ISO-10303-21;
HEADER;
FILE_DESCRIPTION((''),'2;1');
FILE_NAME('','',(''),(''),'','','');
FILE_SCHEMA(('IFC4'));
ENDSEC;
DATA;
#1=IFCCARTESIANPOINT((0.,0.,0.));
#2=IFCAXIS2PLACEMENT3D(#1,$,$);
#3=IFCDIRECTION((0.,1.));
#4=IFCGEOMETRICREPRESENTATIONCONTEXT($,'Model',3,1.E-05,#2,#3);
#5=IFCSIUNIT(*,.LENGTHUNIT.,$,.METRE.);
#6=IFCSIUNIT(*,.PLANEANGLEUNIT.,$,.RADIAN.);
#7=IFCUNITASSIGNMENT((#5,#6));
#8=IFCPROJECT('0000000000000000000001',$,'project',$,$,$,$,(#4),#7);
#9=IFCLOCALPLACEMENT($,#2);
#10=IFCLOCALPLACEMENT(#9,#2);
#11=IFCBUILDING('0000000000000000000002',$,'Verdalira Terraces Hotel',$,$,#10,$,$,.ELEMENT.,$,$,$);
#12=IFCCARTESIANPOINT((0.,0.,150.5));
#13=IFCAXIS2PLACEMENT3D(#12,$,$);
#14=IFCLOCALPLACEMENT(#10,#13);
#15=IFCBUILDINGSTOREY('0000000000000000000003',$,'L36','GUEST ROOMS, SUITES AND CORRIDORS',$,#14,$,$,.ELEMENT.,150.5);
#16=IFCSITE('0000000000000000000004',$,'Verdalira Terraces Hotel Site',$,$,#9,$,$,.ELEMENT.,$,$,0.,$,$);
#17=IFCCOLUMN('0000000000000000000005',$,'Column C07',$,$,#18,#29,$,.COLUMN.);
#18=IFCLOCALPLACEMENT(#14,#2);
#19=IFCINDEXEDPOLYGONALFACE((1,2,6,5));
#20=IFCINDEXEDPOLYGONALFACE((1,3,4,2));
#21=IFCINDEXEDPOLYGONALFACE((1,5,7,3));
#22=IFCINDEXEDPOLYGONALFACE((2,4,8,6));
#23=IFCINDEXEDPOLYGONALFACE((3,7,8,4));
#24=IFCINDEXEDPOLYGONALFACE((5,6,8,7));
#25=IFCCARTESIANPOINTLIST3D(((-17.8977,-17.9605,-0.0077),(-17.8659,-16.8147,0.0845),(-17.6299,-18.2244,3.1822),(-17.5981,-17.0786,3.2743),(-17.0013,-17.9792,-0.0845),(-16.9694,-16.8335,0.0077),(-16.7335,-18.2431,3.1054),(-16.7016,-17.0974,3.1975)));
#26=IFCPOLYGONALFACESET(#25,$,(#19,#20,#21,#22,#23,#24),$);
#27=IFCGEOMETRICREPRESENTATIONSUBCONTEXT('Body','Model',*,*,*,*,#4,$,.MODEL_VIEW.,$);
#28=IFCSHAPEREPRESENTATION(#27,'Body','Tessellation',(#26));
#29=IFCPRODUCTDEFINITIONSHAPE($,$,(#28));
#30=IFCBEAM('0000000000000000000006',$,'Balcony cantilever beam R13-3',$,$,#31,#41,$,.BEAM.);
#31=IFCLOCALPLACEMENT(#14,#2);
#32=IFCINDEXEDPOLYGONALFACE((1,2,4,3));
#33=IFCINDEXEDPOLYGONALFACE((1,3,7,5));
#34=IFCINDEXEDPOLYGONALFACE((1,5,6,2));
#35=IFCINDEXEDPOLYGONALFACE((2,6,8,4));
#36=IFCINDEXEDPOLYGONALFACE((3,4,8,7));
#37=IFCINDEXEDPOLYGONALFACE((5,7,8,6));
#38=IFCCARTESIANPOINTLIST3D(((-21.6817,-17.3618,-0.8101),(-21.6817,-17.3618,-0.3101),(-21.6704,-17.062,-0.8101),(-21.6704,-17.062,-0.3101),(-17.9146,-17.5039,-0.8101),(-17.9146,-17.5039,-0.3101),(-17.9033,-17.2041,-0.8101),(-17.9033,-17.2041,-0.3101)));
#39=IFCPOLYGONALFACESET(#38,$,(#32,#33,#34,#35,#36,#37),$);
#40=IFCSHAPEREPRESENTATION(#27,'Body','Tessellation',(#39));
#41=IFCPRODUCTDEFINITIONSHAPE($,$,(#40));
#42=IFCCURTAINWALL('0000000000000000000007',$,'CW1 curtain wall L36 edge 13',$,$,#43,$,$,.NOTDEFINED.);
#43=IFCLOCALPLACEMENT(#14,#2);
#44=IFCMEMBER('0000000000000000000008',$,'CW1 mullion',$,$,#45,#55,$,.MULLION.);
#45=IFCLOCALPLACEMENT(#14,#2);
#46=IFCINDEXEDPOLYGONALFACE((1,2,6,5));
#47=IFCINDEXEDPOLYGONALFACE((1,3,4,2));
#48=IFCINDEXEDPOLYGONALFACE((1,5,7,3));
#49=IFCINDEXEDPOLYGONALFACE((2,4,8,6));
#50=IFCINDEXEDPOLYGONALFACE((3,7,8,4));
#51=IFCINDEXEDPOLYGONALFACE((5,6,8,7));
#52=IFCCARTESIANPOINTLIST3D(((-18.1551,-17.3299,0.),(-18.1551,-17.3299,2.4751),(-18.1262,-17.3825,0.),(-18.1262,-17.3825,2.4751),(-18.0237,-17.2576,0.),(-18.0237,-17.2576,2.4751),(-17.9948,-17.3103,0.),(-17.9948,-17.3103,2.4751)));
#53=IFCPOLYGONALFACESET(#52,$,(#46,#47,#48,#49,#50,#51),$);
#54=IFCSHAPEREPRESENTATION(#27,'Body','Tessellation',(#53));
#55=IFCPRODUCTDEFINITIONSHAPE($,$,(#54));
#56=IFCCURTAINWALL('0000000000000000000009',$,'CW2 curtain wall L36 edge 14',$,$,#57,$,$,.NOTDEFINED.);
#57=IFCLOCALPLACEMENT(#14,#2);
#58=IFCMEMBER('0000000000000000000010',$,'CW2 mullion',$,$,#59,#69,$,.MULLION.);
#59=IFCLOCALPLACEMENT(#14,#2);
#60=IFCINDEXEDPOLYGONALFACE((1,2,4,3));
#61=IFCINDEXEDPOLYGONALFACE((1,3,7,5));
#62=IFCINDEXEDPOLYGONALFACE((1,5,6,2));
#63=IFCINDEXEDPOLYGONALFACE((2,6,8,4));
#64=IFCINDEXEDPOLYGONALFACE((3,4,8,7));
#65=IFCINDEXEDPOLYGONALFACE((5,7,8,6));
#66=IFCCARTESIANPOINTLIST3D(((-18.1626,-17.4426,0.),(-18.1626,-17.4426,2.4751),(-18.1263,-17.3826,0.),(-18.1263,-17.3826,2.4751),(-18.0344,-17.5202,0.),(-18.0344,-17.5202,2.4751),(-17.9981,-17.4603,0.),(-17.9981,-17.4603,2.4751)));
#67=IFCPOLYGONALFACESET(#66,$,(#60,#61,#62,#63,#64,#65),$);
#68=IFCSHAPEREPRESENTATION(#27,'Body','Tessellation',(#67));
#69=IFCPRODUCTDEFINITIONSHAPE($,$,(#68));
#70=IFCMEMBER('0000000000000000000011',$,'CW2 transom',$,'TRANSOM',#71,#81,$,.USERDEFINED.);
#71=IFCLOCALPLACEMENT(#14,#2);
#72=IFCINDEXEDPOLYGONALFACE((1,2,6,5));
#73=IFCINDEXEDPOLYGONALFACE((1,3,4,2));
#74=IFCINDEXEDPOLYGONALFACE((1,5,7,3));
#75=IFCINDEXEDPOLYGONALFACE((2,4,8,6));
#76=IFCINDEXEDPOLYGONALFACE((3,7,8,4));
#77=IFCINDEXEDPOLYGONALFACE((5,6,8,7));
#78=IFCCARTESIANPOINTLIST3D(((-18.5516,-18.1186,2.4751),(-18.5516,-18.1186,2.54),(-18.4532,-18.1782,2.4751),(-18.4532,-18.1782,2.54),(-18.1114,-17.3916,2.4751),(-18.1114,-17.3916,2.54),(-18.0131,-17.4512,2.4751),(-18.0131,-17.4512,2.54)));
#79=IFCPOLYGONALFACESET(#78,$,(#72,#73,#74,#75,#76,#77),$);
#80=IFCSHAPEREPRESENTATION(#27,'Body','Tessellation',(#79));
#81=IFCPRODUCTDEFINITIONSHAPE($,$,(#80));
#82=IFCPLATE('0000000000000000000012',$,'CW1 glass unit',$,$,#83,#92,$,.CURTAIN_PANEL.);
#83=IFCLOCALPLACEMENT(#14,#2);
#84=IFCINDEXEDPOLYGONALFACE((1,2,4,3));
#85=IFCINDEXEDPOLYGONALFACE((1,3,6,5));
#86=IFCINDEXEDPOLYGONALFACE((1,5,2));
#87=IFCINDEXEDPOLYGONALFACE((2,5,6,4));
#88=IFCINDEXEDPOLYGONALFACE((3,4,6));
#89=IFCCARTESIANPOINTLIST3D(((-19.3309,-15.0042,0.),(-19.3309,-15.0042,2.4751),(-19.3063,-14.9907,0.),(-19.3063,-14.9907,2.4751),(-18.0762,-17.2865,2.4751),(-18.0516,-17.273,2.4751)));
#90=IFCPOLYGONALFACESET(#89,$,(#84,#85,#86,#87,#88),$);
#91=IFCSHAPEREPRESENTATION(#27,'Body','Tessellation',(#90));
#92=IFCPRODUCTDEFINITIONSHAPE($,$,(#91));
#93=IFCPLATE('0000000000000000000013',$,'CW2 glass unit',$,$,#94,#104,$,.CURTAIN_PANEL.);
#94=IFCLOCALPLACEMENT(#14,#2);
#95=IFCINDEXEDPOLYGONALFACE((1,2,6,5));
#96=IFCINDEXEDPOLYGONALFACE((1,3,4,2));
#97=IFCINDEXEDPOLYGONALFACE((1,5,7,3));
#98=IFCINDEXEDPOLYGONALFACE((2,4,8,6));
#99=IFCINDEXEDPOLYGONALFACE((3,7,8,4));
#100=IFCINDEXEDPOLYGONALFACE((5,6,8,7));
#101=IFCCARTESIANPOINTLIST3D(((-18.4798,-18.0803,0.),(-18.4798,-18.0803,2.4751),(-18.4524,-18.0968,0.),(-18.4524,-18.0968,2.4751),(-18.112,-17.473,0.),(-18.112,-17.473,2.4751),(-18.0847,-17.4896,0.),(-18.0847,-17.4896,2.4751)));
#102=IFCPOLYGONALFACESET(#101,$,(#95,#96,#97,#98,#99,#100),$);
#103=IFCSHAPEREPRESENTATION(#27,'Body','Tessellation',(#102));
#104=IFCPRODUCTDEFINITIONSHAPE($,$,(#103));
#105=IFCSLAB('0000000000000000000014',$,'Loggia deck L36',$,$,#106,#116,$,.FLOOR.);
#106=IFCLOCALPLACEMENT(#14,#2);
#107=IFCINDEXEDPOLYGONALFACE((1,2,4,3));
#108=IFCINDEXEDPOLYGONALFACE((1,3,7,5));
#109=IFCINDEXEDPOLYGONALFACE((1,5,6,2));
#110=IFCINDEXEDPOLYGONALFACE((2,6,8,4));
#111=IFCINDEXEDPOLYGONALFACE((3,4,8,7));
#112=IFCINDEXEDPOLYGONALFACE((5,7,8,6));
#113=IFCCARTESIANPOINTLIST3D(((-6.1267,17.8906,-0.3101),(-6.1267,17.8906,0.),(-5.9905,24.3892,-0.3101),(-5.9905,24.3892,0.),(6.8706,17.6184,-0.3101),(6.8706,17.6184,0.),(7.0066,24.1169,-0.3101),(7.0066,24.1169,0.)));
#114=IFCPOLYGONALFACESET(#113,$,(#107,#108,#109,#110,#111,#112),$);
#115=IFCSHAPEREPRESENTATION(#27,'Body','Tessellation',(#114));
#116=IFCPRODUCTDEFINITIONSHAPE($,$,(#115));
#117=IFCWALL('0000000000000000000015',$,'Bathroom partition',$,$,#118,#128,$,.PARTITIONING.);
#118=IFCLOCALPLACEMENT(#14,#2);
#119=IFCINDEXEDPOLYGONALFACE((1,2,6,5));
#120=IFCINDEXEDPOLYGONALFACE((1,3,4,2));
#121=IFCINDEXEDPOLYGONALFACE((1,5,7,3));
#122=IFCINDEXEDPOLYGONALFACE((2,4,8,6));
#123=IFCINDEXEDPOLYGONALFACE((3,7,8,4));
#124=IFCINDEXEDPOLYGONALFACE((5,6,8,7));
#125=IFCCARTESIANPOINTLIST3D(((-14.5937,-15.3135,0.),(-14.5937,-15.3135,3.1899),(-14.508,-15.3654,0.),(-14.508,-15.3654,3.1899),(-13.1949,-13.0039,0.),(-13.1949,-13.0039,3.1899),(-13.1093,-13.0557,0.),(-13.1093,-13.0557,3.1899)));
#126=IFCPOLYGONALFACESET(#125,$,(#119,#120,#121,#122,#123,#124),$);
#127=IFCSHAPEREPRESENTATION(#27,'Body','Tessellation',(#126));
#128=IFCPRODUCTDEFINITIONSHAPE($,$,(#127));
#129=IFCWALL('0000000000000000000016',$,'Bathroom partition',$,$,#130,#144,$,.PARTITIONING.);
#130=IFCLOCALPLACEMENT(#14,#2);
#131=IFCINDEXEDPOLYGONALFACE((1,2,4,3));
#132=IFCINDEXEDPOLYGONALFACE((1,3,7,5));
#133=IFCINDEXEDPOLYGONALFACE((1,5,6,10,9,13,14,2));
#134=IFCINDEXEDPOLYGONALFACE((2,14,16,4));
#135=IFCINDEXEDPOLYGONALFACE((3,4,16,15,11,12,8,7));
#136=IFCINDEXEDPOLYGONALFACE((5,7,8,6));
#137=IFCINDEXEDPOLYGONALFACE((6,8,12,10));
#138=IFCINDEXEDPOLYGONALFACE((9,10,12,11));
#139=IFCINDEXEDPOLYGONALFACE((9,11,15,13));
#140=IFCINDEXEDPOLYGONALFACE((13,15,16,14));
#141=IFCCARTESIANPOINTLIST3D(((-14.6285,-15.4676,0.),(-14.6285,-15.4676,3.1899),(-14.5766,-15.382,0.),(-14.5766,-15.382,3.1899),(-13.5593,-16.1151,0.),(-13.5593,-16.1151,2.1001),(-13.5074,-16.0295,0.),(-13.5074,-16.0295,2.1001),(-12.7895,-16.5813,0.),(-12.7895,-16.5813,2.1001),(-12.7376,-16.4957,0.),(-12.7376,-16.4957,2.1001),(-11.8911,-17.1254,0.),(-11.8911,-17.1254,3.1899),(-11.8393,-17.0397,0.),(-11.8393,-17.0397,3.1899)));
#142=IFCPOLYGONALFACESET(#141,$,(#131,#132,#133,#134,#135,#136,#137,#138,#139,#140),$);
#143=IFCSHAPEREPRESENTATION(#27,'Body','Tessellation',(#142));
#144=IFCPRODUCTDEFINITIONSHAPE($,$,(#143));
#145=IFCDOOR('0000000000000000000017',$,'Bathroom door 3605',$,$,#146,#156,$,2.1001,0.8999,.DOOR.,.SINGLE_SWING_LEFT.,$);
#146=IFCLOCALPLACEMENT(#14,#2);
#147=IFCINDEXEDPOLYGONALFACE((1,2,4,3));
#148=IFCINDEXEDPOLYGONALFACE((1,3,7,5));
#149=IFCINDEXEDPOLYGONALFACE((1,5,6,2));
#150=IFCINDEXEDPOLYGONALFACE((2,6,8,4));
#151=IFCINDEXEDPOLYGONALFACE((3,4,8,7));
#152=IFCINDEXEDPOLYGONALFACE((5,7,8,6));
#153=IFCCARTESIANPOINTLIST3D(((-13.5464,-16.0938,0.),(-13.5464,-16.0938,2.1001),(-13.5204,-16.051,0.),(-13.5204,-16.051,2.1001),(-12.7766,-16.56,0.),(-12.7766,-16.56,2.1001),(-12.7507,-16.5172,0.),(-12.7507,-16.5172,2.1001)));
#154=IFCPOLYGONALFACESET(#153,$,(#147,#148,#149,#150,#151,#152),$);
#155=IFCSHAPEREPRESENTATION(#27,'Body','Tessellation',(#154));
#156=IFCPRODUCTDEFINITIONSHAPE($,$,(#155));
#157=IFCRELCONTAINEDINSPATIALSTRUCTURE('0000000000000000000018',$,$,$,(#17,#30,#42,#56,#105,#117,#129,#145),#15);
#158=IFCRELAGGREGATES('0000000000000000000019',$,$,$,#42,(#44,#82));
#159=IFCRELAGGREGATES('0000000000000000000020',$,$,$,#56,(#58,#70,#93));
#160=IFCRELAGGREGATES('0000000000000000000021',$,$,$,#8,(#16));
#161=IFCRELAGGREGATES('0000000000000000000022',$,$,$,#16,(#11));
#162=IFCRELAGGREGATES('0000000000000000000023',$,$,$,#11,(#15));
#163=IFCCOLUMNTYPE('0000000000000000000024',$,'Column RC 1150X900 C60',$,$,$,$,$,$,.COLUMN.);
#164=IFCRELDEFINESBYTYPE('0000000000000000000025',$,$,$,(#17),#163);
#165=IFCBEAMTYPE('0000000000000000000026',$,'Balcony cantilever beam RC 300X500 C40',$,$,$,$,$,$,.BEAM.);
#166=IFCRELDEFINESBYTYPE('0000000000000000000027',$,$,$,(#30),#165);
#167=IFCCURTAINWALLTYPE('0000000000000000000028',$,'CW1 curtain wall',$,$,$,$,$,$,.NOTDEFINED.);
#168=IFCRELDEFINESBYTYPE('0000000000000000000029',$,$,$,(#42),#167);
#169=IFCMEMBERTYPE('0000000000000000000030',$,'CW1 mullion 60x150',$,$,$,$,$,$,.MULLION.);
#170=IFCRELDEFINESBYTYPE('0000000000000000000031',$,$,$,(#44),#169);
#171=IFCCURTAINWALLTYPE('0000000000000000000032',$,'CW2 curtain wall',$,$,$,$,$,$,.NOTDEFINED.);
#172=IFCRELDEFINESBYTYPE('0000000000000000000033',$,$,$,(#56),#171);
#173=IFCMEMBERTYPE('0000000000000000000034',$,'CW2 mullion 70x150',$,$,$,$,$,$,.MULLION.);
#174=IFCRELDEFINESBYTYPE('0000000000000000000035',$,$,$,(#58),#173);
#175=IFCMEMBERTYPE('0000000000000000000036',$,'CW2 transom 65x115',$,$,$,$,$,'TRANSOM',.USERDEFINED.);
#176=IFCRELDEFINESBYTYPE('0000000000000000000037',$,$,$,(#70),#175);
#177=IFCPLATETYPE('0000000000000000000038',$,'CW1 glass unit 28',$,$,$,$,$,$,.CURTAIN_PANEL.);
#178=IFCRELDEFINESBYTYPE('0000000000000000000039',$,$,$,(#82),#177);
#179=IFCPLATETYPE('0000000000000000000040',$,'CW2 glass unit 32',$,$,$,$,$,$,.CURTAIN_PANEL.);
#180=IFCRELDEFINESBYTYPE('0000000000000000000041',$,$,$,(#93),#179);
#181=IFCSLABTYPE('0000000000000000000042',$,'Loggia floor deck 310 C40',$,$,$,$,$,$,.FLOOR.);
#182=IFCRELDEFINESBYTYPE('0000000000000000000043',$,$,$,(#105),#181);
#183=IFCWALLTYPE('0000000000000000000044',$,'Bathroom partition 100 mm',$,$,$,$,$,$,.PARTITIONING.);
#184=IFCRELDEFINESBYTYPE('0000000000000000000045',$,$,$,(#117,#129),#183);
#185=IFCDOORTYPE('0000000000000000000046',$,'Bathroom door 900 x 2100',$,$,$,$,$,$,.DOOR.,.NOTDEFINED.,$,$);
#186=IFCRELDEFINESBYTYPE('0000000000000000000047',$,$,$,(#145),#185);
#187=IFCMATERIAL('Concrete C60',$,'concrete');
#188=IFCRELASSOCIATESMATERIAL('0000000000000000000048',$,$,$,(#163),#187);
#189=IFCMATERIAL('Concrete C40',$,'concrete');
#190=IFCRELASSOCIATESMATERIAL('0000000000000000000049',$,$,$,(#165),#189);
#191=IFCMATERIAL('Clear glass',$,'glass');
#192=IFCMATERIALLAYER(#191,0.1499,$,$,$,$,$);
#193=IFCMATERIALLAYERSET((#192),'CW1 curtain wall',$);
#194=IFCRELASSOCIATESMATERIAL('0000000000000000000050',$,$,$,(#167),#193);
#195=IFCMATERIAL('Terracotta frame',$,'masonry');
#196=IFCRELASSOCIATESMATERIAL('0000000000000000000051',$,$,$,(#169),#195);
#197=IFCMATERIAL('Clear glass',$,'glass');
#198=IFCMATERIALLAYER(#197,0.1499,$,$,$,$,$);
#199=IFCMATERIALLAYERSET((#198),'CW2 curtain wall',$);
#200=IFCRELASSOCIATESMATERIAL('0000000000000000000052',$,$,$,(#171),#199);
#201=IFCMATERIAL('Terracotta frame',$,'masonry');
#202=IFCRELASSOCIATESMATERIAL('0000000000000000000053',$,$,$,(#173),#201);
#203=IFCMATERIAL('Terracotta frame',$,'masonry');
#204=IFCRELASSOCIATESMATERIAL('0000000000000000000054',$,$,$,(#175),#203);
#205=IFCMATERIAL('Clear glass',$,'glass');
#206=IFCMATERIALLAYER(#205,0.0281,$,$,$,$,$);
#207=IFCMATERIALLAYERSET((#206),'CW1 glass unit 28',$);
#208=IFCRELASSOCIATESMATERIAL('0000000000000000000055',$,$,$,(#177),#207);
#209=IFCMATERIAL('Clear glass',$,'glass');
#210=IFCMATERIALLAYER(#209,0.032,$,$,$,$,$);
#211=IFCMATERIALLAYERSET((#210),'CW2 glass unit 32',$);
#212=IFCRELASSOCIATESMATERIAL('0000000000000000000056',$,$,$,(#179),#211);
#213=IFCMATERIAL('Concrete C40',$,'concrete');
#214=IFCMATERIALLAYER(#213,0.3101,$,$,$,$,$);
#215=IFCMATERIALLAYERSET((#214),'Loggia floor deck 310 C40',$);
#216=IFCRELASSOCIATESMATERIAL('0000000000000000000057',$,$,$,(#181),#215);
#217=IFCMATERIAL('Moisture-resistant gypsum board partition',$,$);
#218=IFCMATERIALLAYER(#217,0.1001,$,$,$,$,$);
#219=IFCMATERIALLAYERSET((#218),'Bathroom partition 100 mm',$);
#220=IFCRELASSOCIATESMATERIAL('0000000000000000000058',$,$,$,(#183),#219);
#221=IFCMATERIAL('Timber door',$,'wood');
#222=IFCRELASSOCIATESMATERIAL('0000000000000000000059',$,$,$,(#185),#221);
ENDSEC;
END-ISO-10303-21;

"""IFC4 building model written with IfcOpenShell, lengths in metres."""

from ifc_helpers import new_model, si_unit, direction, frame, frame_2d, origin, origin_2d, place, context, subcontext, project, spatial, polyline, rectangle, outline, extrude, material, layer, layer_set, material_profile, profile_set, type_object, element, fill, aggregate, save


model = new_model("IFC4")

# Units and contexts
model_context = context("Model", 3, precision=1e-05, world=origin(), true_north=direction((0.0, 1.0)))
body_context = subcontext(model_context, "Body", "Model", "MODEL_VIEW")
ifc_project = project(units=[si_unit("LENGTHUNIT", "METRE"), si_unit("PLANEANGLEUNIT", "RADIAN")], contexts=[model_context])

# Site, building, storey
site_placement = place(None, origin())
site = spatial("IfcSite", under=ifc_project, at=site_placement, Name="Verdalira Terraces Hotel Site", CompositionType="ELEMENT", RefElevation=0.0)
building_placement = place(site_placement, origin())
building = spatial("IfcBuilding", under=site, at=building_placement, Name="Verdalira Terraces Hotel", CompositionType="ELEMENT")
storey_placement = place(building_placement, frame((0.0, 0.0, 150.5)))
storey = spatial("IfcBuildingStorey", under=building, at=storey_placement, Name="L36", Description="GUEST ROOMS, SUITES AND CORRIDORS", CompositionType="ELEMENT", Elevation=150.5)

# Column
ifc_material_1 = material(Name="Concrete C60", Category="concrete")
ifc_material_profile_1 = material_profile(ifc_material_1, rectangle(XDim=1.1499, YDim=0.8999, at=origin_2d()), Name="RC 1150X900")
ifc_profile_set_1 = profile_set([ifc_material_profile_1], Name="Concrete C60")
column_type = type_object("IfcColumnType", Name="Column RC 1150X900 C60", PredefinedType="COLUMN", material=ifc_profile_set_1)
column_placement = place(storey_placement, frame((-17.4336, -17.397, 0.0), z_axis=(0.083381, -0.082165, 0.993125), x_axis=(0.027717, 0.996401, 0.080109)))
element("IfcColumn", 1, at=column_placement, inside=storey, type_object=column_type, Name="Column C07", PredefinedType="COLUMN", context=body_context, shape_type="SweptSolid", body=[
    extrude(rectangle(XDim=1.1499, YDim=0.8999, at=origin_2d()), origin(), (0.0, 0.0, 1.0), 3.2119),
])

# Beam
ifc_material_2 = material(Name="Concrete C40", Category="concrete")
ifc_material_profile_2 = material_profile(ifc_material_2, rectangle(XDim=0.3, YDim=0.5, at=origin_2d()), Name="RC 300X500")
ifc_profile_set_2 = profile_set([ifc_material_profile_2], Name="Concrete C40")
beam_type = type_object("IfcBeamType", Name="Balcony cantilever beam RC 300X500 C40", PredefinedType="BEAM", material=ifc_profile_set_2)
beam_placement = place(storey_placement, frame((-17.9089, -17.354, -0.5601), z_axis=(-0.999289, 0.037692, 0.0), x_axis=(-0.037692, -0.999289, 0.0)))
element("IfcBeam", 2, at=beam_placement, inside=storey, type_object=beam_type, Name="Balcony cantilever beam R13-3", PredefinedType="BEAM", context=body_context, shape_type="SweptSolid", body=[
    extrude(rectangle(XDim=0.3, YDim=0.5, at=origin_2d()), origin(), (0.0, 0.0, 1.0), 3.7698),
])

# Curtain wall, member
ifc_material_3 = material(Name="Clear glass", Category="glass")
ifc_layer_1 = layer(ifc_material_3, 0.1499)
ifc_layer_set_1 = layer_set([ifc_layer_1], Name="CW1 curtain wall")
curtain_wall_type_1 = type_object("IfcCurtainWallType", Name="CW1 curtain wall", PredefinedType="NOTDEFINED", material=ifc_layer_set_1)
curtain_wall_1_placement = place(storey_placement, origin())
curtain_wall_1 = element("IfcCurtainWall", 3, at=curtain_wall_1_placement, inside=storey, type_object=curtain_wall_type_1, Name="CW1 curtain wall L36 edge 13", PredefinedType="NOTDEFINED")
ifc_material_4 = material(Name="Terracotta frame", Category="masonry")
ifc_material_profile_3 = material_profile(ifc_material_4, rectangle(XDim=0.0601, YDim=0.1499, at=origin_2d()), Name="MU 60x150")
ifc_profile_set_3 = profile_set([ifc_material_profile_3], Name="Terracotta frame")
member_type_1 = type_object("IfcMemberType", Name="CW1 mullion 60x150", PredefinedType="MULLION", material=ifc_profile_set_3)
member_1_placement = place(storey_placement, frame((-18.075, -17.3201, 0.0), z_axis=(0.0, 0.0, 1.0), x_axis=(0.481754, -0.876307, 0.0)))
member_1 = element("IfcMember", 4, at=member_1_placement, type_object=member_type_1, Name="CW1 mullion", PredefinedType="MULLION", context=body_context, shape_type="SweptSolid", body=[
    extrude(rectangle(XDim=0.0601, YDim=0.1499, at=origin_2d()), origin(), (0.0, 0.0, 1.0), 2.4751),
])

# Curtain wall, members
ifc_material_5 = material(Name="Clear glass", Category="glass")
ifc_layer_2 = layer(ifc_material_5, 0.1499)
ifc_layer_set_2 = layer_set([ifc_layer_2], Name="CW2 curtain wall")
curtain_wall_type_2 = type_object("IfcCurtainWallType", Name="CW2 curtain wall", PredefinedType="NOTDEFINED", material=ifc_layer_set_2)
curtain_wall_2_placement = place(storey_placement, origin())
curtain_wall_2 = element("IfcCurtainWall", 5, at=curtain_wall_2_placement, inside=storey, type_object=curtain_wall_type_2, Name="CW2 curtain wall L36 edge 14", PredefinedType="NOTDEFINED")
ifc_material_6 = material(Name="Terracotta frame", Category="masonry")
ifc_material_profile_4 = material_profile(ifc_material_6, rectangle(XDim=0.0701, YDim=0.1499, at=origin_2d()), Name="MU 70x150")
ifc_profile_set_4 = profile_set([ifc_material_profile_4], Name="Terracotta frame")
member_type_2 = type_object("IfcMemberType", Name="CW2 mullion 70x150", PredefinedType="MULLION", material=ifc_profile_set_4)
member_2_placement = place(storey_placement, frame((-18.0803, -17.4514, 0.0), z_axis=(0.0, 0.0, 1.0), x_axis=(-0.518027, -0.855364, 0.0)))
member_2 = element("IfcMember", 6, at=member_2_placement, type_object=member_type_2, Name="CW2 mullion", PredefinedType="MULLION", context=body_context, shape_type="SweptSolid", body=[
    extrude(rectangle(XDim=0.0701, YDim=0.1499, at=origin_2d()), origin(), (0.0, 0.0, 1.0), 2.4751),
])
ifc_material_7 = material(Name="Terracotta frame", Category="masonry")
ifc_material_profile_5 = material_profile(ifc_material_7, rectangle(XDim=0.115, YDim=0.0649, at=origin_2d()), Name="TR 65x115")
ifc_profile_set_5 = profile_set([ifc_material_profile_5], Name="Terracotta frame")
member_type_3 = type_object("IfcMemberType", Name="CW2 transom 65x115", ElementType="TRANSOM", PredefinedType="USERDEFINED", material=ifc_profile_set_5)
member_3_placement = place(storey_placement, frame((-18.0623, -17.4214, 2.5076), z_axis=(-0.517913, -0.855433, 0.0), x_axis=(0.855433, -0.517913, 0.0)))
member_3 = element("IfcMember", 7, at=member_3_placement, type_object=member_type_3, Name="CW2 transom", ObjectType="TRANSOM", PredefinedType="USERDEFINED", context=body_context, shape_type="SweptSolid", body=[
    extrude(rectangle(XDim=0.115, YDim=0.0649, at=origin_2d()), origin(), (0.0, 0.0, 1.0), 0.8499),
])

# Plates
ifc_material_8 = material(Name="Clear glass", Category="glass")
ifc_layer_3 = layer(ifc_material_8, 0.0281)
ifc_layer_set_3 = layer_set([ifc_layer_3], Name="CW1 glass unit 28")
plate_type_1 = type_object("IfcPlateType", Name="CW1 glass unit 28", PredefinedType="CURTAIN_PANEL", material=ifc_layer_set_3)
plate_1_placement = place(storey_placement, frame((-18.679, -16.1318, 1.2375), z_axis=(-0.876307, -0.481754, 0.0), x_axis=(0.481754, -0.876307, 0.0)))
plate_1 = element("IfcPlate", 8, at=plate_1_placement, type_object=plate_type_1, Name="CW1 glass unit", PredefinedType="CURTAIN_PANEL", context=body_context, shape_type="SweptSolid", body=[
    extrude(outline(polyline([(-1.3022, -1.2375), (1.3022, 1.2375), (-1.3022, 1.2375), (-1.3022, -1.2375)])), origin(), (0.0, 0.0, 1.0), 0.0281),
])
aggregate(curtain_wall_1, [member_1, plate_1])
ifc_material_9 = material(Name="Clear glass", Category="glass")
ifc_layer_4 = layer(ifc_material_9, 0.032)
ifc_layer_set_4 = layer_set([ifc_layer_4], Name="CW2 glass unit 32")
plate_type_2 = type_object("IfcPlateType", Name="CW2 glass unit 32", PredefinedType="CURTAIN_PANEL", material=ifc_layer_set_4)
plate_2_placement = place(storey_placement, frame((-18.2822, -17.7849, 0.0), z_axis=(0.0, 0.0, 1.0), x_axis=(-0.518027, -0.855364, 0.0)))
plate_2 = element("IfcPlate", 9, at=plate_2_placement, type_object=plate_type_2, Name="CW2 glass unit", PredefinedType="CURTAIN_PANEL", context=body_context, shape_type="SweptSolid", body=[
    extrude(rectangle(XDim=0.71, YDim=0.032, at=origin_2d()), origin(), (0.0, 0.0, 1.0), 2.4751),
])
aggregate(curtain_wall_2, [member_2, member_3, plate_2])

# Slab
ifc_material_10 = material(Name="Concrete C40", Category="concrete")
ifc_layer_5 = layer(ifc_material_10, 0.3101)
ifc_layer_set_5 = layer_set([ifc_layer_5], Name="Loggia floor deck 310 C40")
slab_type = type_object("IfcSlabType", Name="Loggia floor deck 310 C40", PredefinedType="FLOOR", material=ifc_layer_set_5)
slab_placement = place(storey_placement, frame((0.0, 0.0, -0.3101)))
element("IfcSlab", 10, at=slab_placement, inside=storey, type_object=slab_type, Name="Loggia deck L36", PredefinedType="FLOOR", context=body_context, shape_type="SweptSolid", body=[
    extrude(outline(polyline([(6.8706, 17.6184), (7.0066, 24.1169), (-5.9905, 24.3892), (-6.1267, 17.8906), (6.8706, 17.6184)])), origin(), (0.0, 0.0, 1.0), 0.3101),
])

# Wall
ifc_material_11 = material(Name="Moisture-resistant gypsum board partition")
ifc_layer_6 = layer(ifc_material_11, 0.1001)
ifc_layer_set_6 = layer_set([ifc_layer_6], Name="Bathroom partition 100 mm")
wall_type_1 = type_object("IfcWallType", Name="Bathroom partition 100 mm", PredefinedType="PARTITIONING", material=ifc_layer_set_6)
wall_1_placement = place(storey_placement, frame((-13.1521, -13.0298, 0.0), z_axis=(0.0, 0.0, 1.0), x_axis=(-0.518015, -0.855371, 0.0)))
element("IfcWall", 11, at=wall_1_placement, inside=storey, type_object=wall_type_1, Name="Bathroom partition", PredefinedType="PARTITIONING", context=body_context, shape_type="SweptSolid", body=[
    extrude(rectangle(XDim=2.7002, YDim=0.1001, at=frame_2d((1.3501, 0.0))), origin(), (0.0, 0.0, 1.0), 3.1899),
])

# Wall, opening, door
wall_2_placement = place(storey_placement, frame((-14.6025, -15.4248, 0.0), z_axis=(0.0, 0.0, 1.0), x_axis=(0.855372, -0.518014, 0.0)))
wall_2 = element("IfcWall", 12, at=wall_2_placement, inside=storey, type_object=wall_type_1, Name="Bathroom partition", PredefinedType="PARTITIONING", context=body_context, shape_type="SweptSolid", body=[
    extrude(rectangle(XDim=3.2002, YDim=0.1001, at=frame_2d((1.6001, 0.0))), origin(), (0.0, 0.0, 1.0), 3.1899),
])
opening_1_placement = place(wall_2_placement, frame((1.25, 0.0, 0.0)))
opening_1 = element("IfcOpeningElement", 13, at=opening_1_placement, cuts=wall_2, PredefinedType="OPENING", context=body_context, shape_type="SweptSolid", body=[
    extrude(rectangle(XDim=0.8999, YDim=2.1001, at=frame_2d((0.45, 1.05))), frame((0.0, 0.0601, 0.0), z_axis=(0.0, -1.0, 0.0), x_axis=(1.0, 0.0, 0.0)), (0.0, 0.0, 1.0), 0.1201),
])
ifc_material_12 = material(Name="Timber door", Category="wood")
door_type_1 = type_object("IfcDoorType", Name="Bathroom door 900 x 2100", OperationType="NOTDEFINED", PredefinedType="DOOR", material=ifc_material_12)
door_1_placement = place(opening_1_placement, origin())
door_1 = element("IfcDoor", 14, at=door_1_placement, inside=storey, type_object=door_type_1, Name="Bathroom door 3605", OperationType="SINGLE_SWING_LEFT", OverallHeight=2.1001, OverallWidth=0.8999, PredefinedType="DOOR", context=body_context, shape_type="SweptSolid", body=[
    extrude(rectangle(XDim=0.8999, YDim=2.1001, at=frame_2d((0.45, 1.05))), frame((0.0, 0.0249, 0.0), z_axis=(0.0, -1.0, 0.0), x_axis=(1.0, 0.0, 0.0)), (0.0, 0.0, 1.0), 0.05),
])
fill(opening_1, door_1)

save(model, "model.ifc")
